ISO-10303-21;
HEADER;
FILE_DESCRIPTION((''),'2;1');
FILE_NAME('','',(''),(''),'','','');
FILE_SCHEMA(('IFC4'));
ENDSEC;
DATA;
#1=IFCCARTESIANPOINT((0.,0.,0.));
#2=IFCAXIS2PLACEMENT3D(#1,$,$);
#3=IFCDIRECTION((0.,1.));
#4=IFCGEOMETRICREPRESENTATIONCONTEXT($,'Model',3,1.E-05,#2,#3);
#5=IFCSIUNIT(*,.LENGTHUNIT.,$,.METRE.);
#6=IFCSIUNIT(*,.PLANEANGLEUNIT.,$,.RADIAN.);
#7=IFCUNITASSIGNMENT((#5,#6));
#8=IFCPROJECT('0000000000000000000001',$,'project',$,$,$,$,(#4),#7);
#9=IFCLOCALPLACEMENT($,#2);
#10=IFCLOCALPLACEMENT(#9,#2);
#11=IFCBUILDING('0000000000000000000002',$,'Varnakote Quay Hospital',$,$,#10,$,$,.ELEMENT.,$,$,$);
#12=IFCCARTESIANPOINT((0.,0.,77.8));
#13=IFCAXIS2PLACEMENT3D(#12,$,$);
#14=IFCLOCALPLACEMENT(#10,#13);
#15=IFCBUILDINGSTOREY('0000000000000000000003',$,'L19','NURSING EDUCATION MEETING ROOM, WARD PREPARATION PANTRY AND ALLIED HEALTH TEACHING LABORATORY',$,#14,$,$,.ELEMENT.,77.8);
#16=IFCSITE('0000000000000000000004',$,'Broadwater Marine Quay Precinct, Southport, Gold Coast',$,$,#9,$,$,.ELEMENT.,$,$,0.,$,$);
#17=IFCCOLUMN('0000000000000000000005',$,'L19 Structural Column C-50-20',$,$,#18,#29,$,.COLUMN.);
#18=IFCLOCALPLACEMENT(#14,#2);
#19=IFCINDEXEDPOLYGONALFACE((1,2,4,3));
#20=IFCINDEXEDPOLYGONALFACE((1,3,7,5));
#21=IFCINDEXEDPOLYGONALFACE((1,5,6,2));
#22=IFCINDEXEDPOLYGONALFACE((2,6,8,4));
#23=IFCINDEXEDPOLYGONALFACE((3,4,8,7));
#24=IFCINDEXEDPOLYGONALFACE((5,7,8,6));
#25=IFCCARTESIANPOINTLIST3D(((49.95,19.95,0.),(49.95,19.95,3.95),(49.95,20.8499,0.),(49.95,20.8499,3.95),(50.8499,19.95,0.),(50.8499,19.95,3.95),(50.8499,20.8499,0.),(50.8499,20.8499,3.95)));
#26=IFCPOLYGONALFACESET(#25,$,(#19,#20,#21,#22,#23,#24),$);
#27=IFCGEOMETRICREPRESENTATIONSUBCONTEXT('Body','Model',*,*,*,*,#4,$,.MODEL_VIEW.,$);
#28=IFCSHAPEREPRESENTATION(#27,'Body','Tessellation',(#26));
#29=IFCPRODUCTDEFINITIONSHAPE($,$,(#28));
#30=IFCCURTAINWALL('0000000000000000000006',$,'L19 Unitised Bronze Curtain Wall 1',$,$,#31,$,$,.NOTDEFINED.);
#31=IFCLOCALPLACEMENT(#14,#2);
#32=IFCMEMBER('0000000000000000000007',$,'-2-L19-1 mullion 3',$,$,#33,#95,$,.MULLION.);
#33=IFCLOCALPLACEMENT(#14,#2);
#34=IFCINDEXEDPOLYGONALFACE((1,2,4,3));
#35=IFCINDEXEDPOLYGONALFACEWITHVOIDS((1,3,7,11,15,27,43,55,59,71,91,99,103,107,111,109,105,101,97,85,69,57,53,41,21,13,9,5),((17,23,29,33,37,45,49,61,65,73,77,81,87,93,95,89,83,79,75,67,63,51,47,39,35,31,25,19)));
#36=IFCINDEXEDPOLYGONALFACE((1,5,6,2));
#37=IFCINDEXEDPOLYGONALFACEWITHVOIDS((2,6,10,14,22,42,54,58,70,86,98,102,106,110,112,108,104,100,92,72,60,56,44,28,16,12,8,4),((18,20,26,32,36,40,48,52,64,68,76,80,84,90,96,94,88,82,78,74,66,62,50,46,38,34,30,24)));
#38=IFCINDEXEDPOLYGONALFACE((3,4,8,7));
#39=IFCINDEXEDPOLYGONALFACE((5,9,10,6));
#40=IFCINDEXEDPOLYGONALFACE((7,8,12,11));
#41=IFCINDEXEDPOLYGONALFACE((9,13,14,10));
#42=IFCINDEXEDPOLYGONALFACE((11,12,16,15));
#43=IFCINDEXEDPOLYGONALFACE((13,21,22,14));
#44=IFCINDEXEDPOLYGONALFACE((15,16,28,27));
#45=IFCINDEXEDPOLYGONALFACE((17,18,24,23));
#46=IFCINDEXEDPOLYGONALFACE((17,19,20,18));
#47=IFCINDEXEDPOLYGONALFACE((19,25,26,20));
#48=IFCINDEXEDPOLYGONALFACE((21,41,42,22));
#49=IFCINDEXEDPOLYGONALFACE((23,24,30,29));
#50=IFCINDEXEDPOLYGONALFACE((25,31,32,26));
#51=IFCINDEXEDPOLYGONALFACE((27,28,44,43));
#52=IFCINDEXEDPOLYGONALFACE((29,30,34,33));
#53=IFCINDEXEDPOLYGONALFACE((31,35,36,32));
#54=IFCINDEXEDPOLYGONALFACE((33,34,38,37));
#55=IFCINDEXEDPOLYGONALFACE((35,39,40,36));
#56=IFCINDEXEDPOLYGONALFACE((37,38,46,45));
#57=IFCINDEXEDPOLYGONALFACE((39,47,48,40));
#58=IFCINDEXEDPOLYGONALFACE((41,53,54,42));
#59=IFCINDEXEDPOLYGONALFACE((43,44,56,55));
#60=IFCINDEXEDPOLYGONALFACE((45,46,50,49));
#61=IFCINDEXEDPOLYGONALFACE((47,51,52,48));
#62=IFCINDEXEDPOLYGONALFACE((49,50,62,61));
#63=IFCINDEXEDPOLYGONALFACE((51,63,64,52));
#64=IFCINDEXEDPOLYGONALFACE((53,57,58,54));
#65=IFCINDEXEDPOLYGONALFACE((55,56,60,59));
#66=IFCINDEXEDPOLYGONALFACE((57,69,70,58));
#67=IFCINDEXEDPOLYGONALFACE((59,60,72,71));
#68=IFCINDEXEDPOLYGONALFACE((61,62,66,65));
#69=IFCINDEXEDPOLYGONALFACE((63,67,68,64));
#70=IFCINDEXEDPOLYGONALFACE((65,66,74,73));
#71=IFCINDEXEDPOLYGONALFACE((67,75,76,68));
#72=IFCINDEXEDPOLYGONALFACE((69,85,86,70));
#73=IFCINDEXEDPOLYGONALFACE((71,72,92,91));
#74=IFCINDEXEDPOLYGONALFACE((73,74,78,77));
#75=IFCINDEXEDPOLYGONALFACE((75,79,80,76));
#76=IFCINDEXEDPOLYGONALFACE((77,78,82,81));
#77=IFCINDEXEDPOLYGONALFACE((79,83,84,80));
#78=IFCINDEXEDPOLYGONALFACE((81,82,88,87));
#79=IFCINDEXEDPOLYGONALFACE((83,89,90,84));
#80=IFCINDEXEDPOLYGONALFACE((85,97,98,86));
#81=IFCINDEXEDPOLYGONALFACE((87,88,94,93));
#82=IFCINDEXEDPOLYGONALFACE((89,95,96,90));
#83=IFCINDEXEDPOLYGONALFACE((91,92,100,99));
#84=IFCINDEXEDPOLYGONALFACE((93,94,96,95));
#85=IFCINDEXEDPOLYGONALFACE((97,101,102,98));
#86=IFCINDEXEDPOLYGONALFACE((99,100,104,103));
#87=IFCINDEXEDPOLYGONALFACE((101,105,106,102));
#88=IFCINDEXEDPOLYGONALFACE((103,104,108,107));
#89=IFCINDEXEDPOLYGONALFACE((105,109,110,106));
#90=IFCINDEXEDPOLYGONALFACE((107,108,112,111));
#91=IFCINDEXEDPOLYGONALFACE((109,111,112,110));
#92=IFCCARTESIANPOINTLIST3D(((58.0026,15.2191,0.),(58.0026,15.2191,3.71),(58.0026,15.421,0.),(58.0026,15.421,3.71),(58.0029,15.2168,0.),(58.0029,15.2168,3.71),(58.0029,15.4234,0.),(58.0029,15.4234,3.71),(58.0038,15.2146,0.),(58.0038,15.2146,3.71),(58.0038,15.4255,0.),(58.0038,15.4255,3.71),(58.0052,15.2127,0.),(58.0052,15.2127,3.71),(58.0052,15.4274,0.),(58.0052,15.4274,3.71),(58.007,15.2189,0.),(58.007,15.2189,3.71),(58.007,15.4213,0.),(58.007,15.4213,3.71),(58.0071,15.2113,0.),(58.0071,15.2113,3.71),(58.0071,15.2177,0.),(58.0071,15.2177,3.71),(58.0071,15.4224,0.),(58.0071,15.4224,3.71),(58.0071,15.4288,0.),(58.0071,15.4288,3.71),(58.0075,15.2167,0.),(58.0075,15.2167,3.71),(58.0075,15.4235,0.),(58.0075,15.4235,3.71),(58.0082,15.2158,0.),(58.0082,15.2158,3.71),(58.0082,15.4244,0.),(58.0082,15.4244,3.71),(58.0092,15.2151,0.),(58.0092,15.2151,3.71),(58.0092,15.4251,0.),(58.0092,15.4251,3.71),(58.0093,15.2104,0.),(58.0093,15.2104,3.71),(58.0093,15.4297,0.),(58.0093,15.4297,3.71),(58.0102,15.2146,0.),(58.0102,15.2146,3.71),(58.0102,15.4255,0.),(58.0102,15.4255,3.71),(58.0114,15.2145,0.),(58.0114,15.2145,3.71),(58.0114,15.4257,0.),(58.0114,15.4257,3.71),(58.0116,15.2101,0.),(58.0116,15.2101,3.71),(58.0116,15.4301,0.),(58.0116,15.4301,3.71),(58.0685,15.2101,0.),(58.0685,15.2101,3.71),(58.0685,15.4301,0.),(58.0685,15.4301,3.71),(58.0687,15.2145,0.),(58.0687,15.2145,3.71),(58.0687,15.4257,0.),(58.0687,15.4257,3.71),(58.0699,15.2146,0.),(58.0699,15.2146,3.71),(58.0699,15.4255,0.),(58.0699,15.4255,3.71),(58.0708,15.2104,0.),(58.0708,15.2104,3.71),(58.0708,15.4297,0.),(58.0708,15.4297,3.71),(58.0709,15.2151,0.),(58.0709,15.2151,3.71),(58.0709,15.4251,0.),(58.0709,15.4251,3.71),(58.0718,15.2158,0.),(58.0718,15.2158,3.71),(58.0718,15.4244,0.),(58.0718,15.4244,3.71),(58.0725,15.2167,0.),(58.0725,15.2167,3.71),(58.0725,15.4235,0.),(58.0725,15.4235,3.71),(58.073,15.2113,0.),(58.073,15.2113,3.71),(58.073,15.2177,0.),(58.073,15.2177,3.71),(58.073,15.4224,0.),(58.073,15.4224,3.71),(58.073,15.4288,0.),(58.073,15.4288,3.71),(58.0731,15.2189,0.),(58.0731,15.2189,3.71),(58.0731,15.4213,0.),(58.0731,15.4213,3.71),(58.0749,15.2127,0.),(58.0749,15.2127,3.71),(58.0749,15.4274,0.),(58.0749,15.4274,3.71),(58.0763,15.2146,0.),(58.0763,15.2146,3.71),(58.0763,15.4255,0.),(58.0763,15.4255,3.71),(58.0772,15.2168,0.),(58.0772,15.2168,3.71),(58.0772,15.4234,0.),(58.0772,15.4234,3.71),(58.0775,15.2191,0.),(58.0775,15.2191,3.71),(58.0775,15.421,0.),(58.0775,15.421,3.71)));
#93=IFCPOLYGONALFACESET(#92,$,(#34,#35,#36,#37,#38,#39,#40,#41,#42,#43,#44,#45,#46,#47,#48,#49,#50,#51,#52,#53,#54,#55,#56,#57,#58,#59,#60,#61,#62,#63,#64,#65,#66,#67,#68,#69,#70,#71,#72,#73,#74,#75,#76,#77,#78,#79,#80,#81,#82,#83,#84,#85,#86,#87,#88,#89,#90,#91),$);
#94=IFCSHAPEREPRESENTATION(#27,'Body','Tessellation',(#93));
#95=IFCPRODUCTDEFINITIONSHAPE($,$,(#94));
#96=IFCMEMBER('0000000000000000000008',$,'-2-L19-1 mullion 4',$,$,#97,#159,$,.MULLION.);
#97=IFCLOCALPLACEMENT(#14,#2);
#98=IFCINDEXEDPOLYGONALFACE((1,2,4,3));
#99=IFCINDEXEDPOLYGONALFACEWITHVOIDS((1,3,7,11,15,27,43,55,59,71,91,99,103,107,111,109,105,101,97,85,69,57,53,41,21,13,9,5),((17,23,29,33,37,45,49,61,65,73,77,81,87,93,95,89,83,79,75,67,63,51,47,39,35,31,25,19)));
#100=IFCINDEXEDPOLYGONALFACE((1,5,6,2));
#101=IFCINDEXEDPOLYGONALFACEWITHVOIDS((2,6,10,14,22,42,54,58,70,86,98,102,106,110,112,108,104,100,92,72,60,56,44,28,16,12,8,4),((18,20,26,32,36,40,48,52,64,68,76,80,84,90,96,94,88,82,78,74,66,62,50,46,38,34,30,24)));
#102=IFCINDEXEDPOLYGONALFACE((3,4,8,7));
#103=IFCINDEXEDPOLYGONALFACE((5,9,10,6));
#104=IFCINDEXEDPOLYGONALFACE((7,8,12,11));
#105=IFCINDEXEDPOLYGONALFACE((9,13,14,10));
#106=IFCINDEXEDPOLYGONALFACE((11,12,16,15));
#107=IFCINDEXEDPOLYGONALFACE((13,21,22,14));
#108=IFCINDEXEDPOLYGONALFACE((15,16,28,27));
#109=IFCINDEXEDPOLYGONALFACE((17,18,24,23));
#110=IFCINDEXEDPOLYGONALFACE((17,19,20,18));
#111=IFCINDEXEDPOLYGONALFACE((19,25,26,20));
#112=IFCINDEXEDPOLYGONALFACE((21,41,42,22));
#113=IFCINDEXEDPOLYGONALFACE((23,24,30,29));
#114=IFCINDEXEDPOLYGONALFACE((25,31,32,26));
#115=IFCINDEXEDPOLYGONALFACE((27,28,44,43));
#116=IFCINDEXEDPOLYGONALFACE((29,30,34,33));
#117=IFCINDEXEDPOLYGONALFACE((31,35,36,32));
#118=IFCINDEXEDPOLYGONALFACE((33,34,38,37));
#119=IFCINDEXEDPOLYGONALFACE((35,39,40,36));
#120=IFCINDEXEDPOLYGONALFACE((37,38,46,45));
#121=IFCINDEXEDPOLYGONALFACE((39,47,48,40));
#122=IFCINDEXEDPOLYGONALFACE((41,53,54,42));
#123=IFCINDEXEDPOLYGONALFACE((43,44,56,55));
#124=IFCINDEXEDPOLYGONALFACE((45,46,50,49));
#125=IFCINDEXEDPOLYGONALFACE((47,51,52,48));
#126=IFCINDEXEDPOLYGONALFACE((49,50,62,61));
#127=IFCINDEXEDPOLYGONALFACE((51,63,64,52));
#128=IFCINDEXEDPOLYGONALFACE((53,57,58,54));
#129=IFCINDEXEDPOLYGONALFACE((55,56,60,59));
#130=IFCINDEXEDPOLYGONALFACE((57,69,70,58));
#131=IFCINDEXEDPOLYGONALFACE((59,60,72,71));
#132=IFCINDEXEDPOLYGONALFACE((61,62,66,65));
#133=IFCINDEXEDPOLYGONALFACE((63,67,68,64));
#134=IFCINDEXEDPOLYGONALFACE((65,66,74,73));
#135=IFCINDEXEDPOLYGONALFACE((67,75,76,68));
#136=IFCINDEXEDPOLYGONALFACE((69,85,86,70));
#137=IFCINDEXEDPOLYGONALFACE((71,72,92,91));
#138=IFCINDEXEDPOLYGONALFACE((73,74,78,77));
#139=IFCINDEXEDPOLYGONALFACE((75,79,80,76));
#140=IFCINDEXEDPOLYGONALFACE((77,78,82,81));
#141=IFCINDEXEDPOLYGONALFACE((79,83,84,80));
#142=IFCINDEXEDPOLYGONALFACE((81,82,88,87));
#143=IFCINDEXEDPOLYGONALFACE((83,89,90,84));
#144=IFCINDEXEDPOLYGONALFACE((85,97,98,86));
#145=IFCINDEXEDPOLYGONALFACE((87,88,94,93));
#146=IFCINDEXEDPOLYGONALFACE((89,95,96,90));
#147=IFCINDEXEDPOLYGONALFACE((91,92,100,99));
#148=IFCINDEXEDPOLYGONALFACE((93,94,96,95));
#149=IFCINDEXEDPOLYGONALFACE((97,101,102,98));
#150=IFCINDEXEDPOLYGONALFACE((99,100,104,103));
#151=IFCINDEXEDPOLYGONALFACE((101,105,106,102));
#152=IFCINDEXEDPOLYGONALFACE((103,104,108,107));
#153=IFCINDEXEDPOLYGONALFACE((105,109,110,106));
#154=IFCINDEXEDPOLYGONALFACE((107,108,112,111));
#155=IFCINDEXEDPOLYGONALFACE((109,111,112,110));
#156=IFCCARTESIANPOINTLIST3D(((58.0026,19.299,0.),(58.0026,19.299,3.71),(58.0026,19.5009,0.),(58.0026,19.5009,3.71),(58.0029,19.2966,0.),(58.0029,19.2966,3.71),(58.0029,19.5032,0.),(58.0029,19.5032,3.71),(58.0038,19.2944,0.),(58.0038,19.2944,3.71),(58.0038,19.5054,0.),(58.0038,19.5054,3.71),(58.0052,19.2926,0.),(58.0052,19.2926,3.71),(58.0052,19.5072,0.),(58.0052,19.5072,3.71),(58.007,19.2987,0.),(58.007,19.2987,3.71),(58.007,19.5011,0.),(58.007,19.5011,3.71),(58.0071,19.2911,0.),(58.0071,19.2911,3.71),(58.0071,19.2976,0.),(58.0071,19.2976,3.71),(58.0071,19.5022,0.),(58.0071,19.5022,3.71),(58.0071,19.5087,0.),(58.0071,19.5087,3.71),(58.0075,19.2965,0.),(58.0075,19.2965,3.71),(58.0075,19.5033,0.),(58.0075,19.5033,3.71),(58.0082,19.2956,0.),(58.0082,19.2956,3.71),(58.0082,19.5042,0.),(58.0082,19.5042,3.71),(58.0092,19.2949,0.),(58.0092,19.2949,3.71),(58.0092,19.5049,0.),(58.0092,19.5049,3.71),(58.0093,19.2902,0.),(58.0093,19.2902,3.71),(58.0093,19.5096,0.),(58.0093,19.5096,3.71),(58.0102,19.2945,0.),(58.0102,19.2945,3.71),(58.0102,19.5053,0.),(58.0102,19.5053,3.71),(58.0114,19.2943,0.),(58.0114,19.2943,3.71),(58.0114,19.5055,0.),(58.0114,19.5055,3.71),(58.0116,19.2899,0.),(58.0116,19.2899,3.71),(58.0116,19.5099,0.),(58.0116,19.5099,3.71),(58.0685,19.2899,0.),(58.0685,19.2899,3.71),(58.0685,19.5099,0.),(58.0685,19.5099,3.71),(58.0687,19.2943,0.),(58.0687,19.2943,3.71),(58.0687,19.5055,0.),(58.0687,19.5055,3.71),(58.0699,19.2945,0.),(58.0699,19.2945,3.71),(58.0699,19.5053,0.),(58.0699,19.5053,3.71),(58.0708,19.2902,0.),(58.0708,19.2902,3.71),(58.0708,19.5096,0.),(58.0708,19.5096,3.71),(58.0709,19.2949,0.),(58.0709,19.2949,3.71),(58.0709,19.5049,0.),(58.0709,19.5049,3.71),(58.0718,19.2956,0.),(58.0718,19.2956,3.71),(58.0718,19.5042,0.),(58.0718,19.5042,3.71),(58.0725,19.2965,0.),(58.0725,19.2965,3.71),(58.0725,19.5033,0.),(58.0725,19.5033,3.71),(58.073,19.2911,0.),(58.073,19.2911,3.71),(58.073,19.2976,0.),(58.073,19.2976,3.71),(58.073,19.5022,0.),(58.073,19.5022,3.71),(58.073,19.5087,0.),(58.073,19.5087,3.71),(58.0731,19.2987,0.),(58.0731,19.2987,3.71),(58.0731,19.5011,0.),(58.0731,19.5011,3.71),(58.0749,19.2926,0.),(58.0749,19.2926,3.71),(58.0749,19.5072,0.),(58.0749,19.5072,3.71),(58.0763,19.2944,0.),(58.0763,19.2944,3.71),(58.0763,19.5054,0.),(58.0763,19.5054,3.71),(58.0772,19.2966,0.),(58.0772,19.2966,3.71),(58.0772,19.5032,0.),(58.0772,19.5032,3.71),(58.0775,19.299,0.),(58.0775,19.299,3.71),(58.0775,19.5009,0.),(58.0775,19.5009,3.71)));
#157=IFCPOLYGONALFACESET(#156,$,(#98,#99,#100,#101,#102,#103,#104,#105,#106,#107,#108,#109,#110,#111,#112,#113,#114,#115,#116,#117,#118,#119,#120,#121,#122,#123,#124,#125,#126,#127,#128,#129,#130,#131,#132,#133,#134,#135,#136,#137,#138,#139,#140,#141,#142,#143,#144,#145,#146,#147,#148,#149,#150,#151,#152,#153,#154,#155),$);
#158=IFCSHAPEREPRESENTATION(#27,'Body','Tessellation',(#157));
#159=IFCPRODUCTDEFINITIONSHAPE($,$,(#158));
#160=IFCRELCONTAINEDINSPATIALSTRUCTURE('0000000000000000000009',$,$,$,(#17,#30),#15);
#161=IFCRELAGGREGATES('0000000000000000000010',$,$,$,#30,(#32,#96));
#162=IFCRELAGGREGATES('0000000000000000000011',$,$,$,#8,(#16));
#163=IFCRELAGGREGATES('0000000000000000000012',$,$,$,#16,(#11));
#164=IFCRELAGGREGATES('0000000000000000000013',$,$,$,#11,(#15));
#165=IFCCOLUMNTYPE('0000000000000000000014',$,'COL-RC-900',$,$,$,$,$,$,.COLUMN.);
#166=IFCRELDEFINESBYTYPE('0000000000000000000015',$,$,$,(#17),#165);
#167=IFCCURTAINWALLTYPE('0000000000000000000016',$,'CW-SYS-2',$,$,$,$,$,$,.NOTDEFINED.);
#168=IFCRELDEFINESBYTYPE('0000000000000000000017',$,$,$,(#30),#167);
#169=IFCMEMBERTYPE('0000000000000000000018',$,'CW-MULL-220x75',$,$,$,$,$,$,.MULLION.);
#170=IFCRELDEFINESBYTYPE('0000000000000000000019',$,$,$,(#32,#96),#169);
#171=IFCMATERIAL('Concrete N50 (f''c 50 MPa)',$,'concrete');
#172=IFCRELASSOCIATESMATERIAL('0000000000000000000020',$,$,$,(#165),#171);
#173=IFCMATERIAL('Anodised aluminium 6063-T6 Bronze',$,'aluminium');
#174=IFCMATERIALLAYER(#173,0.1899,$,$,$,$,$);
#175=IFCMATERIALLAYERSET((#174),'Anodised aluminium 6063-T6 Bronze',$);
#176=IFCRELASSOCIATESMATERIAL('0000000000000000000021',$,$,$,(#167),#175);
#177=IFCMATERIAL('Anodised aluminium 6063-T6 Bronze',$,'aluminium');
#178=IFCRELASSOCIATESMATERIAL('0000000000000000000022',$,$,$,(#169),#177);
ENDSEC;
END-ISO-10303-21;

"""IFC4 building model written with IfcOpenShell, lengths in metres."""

from ifc_helpers import new_model, si_unit, direction, frame, origin, origin_2d, place, context, subcontext, project, spatial, rectangle, hollow_rectangle, extrude, material, layer, layer_set, material_profile, profile_set, type_object, element, aggregate, save


model = new_model("IFC4")

# Units and contexts
model_context = context("Model", 3, precision=1e-05, world=origin(), true_north=direction((0.0, 1.0)))
body_context = subcontext(model_context, "Body", "Model", "MODEL_VIEW")
ifc_project = project(units=[si_unit("LENGTHUNIT", "METRE"), si_unit("PLANEANGLEUNIT", "RADIAN")], contexts=[model_context])

# Site, building, storey
site_placement = place(None, origin())
site = spatial("IfcSite", under=ifc_project, at=site_placement, Name="Broadwater Marine Quay Precinct, Southport, Gold Coast", CompositionType="ELEMENT", RefElevation=0.0)
building_placement = place(site_placement, origin())
building = spatial("IfcBuilding", under=site, at=building_placement, Name="Varnakote Quay Hospital", CompositionType="ELEMENT")
storey_placement = place(building_placement, frame((0.0, 0.0, 77.8)))
storey = spatial("IfcBuildingStorey", under=building, at=storey_placement, Name="L19", Description="NURSING EDUCATION MEETING ROOM, WARD PREPARATION PANTRY AND ALLIED HEALTH TEACHING LABORATORY", CompositionType="ELEMENT", Elevation=77.8)

# Column
ifc_material_1 = material(Name="Concrete N50 (f'c 50 MPa)", Category="concrete")
ifc_material_profile_1 = material_profile(ifc_material_1, rectangle(XDim=0.8999, YDim=0.8999, at=origin_2d()), Name="RC-COL-900x900")
ifc_profile_set_1 = profile_set([ifc_material_profile_1], Name="Concrete N50 (f'c 50 MPa)")
column_type = type_object("IfcColumnType", Name="COL-RC-900", PredefinedType="COLUMN", material=ifc_profile_set_1)
column_placement = place(storey_placement, frame((50.3999, 20.3999, 0.0), z_axis=(0.0, 0.0, 1.0), x_axis=(1.0, 0.0, 0.0)))
element("IfcColumn", 1, at=column_placement, inside=storey, type_object=column_type, Name="L19 Structural Column C-50-20", PredefinedType="COLUMN", context=body_context, shape_type="SweptSolid", body=[
    extrude(rectangle(XDim=0.8999, YDim=0.8999, at=origin_2d()), origin(), (0.0, 0.0, 1.0), 3.95),
])

# Curtain wall, members
ifc_material_2 = material(Name="Anodised aluminium 6063-T6 Bronze", Category="aluminium")
ifc_layer_1 = layer(ifc_material_2, 0.1899)
ifc_layer_set_1 = layer_set([ifc_layer_1], Name="Anodised aluminium 6063-T6 Bronze")
curtain_wall_type = type_object("IfcCurtainWallType", Name="CW-SYS-2", PredefinedType="NOTDEFINED", material=ifc_layer_set_1)
curtain_wall_placement = place(storey_placement, origin())
curtain_wall = element("IfcCurtainWall", 2, at=curtain_wall_placement, inside=storey, type_object=curtain_wall_type, Name="L19 Unitised Bronze Curtain Wall 1", PredefinedType="NOTDEFINED")
ifc_material_3 = material(Name="Anodised aluminium 6063-T6 Bronze", Category="aluminium")
ifc_material_profile_2 = material_profile(ifc_material_3, hollow_rectangle(XDim=0.075, YDim=0.22, WallThickness=0.0044, InnerFilletRadius=0.0044, OuterFilletRadius=0.009, at=origin_2d()), Name="CW-MULL-220x75")
ifc_profile_set_2 = profile_set([ifc_material_profile_2], Name="Anodised aluminium 6063-T6 Bronze")
member_type_1 = type_object("IfcMemberType", Name="CW-MULL-220x75", PredefinedType="MULLION", material=ifc_profile_set_2)
member_1_placement = place(storey_placement, frame((58.04, 15.3201, 0.0), z_axis=(0.0, 0.0, 1.0), x_axis=(-1.0, 0.0, 0.0)))
member_1 = element("IfcMember", 3, at=member_1_placement, type_object=member_type_1, Name="-2-L19-1 mullion 3", PredefinedType="MULLION", context=body_context, shape_type="SweptSolid", body=[
    extrude(hollow_rectangle(XDim=0.075, YDim=0.22, WallThickness=0.0044, InnerFilletRadius=0.0044, OuterFilletRadius=0.009, at=origin_2d()), origin(), (0.0, 0.0, 1.0), 3.71),
])
member_2_placement = place(storey_placement, frame((58.04, 19.3999, 0.0), z_axis=(0.0, 0.0, 1.0), x_axis=(-1.0, 0.0, 0.0)))
member_2 = element("IfcMember", 4, at=member_2_placement, type_object=member_type_1, Name="-2-L19-1 mullion 4", PredefinedType="MULLION", context=body_context, shape_type="SweptSolid", body=[
    extrude(hollow_rectangle(XDim=0.075, YDim=0.22, WallThickness=0.0044, InnerFilletRadius=0.0044, OuterFilletRadius=0.009, at=origin_2d()), origin(), (0.0, 0.0, 1.0), 3.71),
])
aggregate(curtain_wall, [member_1, member_2])

save(model, "model.ifc")
